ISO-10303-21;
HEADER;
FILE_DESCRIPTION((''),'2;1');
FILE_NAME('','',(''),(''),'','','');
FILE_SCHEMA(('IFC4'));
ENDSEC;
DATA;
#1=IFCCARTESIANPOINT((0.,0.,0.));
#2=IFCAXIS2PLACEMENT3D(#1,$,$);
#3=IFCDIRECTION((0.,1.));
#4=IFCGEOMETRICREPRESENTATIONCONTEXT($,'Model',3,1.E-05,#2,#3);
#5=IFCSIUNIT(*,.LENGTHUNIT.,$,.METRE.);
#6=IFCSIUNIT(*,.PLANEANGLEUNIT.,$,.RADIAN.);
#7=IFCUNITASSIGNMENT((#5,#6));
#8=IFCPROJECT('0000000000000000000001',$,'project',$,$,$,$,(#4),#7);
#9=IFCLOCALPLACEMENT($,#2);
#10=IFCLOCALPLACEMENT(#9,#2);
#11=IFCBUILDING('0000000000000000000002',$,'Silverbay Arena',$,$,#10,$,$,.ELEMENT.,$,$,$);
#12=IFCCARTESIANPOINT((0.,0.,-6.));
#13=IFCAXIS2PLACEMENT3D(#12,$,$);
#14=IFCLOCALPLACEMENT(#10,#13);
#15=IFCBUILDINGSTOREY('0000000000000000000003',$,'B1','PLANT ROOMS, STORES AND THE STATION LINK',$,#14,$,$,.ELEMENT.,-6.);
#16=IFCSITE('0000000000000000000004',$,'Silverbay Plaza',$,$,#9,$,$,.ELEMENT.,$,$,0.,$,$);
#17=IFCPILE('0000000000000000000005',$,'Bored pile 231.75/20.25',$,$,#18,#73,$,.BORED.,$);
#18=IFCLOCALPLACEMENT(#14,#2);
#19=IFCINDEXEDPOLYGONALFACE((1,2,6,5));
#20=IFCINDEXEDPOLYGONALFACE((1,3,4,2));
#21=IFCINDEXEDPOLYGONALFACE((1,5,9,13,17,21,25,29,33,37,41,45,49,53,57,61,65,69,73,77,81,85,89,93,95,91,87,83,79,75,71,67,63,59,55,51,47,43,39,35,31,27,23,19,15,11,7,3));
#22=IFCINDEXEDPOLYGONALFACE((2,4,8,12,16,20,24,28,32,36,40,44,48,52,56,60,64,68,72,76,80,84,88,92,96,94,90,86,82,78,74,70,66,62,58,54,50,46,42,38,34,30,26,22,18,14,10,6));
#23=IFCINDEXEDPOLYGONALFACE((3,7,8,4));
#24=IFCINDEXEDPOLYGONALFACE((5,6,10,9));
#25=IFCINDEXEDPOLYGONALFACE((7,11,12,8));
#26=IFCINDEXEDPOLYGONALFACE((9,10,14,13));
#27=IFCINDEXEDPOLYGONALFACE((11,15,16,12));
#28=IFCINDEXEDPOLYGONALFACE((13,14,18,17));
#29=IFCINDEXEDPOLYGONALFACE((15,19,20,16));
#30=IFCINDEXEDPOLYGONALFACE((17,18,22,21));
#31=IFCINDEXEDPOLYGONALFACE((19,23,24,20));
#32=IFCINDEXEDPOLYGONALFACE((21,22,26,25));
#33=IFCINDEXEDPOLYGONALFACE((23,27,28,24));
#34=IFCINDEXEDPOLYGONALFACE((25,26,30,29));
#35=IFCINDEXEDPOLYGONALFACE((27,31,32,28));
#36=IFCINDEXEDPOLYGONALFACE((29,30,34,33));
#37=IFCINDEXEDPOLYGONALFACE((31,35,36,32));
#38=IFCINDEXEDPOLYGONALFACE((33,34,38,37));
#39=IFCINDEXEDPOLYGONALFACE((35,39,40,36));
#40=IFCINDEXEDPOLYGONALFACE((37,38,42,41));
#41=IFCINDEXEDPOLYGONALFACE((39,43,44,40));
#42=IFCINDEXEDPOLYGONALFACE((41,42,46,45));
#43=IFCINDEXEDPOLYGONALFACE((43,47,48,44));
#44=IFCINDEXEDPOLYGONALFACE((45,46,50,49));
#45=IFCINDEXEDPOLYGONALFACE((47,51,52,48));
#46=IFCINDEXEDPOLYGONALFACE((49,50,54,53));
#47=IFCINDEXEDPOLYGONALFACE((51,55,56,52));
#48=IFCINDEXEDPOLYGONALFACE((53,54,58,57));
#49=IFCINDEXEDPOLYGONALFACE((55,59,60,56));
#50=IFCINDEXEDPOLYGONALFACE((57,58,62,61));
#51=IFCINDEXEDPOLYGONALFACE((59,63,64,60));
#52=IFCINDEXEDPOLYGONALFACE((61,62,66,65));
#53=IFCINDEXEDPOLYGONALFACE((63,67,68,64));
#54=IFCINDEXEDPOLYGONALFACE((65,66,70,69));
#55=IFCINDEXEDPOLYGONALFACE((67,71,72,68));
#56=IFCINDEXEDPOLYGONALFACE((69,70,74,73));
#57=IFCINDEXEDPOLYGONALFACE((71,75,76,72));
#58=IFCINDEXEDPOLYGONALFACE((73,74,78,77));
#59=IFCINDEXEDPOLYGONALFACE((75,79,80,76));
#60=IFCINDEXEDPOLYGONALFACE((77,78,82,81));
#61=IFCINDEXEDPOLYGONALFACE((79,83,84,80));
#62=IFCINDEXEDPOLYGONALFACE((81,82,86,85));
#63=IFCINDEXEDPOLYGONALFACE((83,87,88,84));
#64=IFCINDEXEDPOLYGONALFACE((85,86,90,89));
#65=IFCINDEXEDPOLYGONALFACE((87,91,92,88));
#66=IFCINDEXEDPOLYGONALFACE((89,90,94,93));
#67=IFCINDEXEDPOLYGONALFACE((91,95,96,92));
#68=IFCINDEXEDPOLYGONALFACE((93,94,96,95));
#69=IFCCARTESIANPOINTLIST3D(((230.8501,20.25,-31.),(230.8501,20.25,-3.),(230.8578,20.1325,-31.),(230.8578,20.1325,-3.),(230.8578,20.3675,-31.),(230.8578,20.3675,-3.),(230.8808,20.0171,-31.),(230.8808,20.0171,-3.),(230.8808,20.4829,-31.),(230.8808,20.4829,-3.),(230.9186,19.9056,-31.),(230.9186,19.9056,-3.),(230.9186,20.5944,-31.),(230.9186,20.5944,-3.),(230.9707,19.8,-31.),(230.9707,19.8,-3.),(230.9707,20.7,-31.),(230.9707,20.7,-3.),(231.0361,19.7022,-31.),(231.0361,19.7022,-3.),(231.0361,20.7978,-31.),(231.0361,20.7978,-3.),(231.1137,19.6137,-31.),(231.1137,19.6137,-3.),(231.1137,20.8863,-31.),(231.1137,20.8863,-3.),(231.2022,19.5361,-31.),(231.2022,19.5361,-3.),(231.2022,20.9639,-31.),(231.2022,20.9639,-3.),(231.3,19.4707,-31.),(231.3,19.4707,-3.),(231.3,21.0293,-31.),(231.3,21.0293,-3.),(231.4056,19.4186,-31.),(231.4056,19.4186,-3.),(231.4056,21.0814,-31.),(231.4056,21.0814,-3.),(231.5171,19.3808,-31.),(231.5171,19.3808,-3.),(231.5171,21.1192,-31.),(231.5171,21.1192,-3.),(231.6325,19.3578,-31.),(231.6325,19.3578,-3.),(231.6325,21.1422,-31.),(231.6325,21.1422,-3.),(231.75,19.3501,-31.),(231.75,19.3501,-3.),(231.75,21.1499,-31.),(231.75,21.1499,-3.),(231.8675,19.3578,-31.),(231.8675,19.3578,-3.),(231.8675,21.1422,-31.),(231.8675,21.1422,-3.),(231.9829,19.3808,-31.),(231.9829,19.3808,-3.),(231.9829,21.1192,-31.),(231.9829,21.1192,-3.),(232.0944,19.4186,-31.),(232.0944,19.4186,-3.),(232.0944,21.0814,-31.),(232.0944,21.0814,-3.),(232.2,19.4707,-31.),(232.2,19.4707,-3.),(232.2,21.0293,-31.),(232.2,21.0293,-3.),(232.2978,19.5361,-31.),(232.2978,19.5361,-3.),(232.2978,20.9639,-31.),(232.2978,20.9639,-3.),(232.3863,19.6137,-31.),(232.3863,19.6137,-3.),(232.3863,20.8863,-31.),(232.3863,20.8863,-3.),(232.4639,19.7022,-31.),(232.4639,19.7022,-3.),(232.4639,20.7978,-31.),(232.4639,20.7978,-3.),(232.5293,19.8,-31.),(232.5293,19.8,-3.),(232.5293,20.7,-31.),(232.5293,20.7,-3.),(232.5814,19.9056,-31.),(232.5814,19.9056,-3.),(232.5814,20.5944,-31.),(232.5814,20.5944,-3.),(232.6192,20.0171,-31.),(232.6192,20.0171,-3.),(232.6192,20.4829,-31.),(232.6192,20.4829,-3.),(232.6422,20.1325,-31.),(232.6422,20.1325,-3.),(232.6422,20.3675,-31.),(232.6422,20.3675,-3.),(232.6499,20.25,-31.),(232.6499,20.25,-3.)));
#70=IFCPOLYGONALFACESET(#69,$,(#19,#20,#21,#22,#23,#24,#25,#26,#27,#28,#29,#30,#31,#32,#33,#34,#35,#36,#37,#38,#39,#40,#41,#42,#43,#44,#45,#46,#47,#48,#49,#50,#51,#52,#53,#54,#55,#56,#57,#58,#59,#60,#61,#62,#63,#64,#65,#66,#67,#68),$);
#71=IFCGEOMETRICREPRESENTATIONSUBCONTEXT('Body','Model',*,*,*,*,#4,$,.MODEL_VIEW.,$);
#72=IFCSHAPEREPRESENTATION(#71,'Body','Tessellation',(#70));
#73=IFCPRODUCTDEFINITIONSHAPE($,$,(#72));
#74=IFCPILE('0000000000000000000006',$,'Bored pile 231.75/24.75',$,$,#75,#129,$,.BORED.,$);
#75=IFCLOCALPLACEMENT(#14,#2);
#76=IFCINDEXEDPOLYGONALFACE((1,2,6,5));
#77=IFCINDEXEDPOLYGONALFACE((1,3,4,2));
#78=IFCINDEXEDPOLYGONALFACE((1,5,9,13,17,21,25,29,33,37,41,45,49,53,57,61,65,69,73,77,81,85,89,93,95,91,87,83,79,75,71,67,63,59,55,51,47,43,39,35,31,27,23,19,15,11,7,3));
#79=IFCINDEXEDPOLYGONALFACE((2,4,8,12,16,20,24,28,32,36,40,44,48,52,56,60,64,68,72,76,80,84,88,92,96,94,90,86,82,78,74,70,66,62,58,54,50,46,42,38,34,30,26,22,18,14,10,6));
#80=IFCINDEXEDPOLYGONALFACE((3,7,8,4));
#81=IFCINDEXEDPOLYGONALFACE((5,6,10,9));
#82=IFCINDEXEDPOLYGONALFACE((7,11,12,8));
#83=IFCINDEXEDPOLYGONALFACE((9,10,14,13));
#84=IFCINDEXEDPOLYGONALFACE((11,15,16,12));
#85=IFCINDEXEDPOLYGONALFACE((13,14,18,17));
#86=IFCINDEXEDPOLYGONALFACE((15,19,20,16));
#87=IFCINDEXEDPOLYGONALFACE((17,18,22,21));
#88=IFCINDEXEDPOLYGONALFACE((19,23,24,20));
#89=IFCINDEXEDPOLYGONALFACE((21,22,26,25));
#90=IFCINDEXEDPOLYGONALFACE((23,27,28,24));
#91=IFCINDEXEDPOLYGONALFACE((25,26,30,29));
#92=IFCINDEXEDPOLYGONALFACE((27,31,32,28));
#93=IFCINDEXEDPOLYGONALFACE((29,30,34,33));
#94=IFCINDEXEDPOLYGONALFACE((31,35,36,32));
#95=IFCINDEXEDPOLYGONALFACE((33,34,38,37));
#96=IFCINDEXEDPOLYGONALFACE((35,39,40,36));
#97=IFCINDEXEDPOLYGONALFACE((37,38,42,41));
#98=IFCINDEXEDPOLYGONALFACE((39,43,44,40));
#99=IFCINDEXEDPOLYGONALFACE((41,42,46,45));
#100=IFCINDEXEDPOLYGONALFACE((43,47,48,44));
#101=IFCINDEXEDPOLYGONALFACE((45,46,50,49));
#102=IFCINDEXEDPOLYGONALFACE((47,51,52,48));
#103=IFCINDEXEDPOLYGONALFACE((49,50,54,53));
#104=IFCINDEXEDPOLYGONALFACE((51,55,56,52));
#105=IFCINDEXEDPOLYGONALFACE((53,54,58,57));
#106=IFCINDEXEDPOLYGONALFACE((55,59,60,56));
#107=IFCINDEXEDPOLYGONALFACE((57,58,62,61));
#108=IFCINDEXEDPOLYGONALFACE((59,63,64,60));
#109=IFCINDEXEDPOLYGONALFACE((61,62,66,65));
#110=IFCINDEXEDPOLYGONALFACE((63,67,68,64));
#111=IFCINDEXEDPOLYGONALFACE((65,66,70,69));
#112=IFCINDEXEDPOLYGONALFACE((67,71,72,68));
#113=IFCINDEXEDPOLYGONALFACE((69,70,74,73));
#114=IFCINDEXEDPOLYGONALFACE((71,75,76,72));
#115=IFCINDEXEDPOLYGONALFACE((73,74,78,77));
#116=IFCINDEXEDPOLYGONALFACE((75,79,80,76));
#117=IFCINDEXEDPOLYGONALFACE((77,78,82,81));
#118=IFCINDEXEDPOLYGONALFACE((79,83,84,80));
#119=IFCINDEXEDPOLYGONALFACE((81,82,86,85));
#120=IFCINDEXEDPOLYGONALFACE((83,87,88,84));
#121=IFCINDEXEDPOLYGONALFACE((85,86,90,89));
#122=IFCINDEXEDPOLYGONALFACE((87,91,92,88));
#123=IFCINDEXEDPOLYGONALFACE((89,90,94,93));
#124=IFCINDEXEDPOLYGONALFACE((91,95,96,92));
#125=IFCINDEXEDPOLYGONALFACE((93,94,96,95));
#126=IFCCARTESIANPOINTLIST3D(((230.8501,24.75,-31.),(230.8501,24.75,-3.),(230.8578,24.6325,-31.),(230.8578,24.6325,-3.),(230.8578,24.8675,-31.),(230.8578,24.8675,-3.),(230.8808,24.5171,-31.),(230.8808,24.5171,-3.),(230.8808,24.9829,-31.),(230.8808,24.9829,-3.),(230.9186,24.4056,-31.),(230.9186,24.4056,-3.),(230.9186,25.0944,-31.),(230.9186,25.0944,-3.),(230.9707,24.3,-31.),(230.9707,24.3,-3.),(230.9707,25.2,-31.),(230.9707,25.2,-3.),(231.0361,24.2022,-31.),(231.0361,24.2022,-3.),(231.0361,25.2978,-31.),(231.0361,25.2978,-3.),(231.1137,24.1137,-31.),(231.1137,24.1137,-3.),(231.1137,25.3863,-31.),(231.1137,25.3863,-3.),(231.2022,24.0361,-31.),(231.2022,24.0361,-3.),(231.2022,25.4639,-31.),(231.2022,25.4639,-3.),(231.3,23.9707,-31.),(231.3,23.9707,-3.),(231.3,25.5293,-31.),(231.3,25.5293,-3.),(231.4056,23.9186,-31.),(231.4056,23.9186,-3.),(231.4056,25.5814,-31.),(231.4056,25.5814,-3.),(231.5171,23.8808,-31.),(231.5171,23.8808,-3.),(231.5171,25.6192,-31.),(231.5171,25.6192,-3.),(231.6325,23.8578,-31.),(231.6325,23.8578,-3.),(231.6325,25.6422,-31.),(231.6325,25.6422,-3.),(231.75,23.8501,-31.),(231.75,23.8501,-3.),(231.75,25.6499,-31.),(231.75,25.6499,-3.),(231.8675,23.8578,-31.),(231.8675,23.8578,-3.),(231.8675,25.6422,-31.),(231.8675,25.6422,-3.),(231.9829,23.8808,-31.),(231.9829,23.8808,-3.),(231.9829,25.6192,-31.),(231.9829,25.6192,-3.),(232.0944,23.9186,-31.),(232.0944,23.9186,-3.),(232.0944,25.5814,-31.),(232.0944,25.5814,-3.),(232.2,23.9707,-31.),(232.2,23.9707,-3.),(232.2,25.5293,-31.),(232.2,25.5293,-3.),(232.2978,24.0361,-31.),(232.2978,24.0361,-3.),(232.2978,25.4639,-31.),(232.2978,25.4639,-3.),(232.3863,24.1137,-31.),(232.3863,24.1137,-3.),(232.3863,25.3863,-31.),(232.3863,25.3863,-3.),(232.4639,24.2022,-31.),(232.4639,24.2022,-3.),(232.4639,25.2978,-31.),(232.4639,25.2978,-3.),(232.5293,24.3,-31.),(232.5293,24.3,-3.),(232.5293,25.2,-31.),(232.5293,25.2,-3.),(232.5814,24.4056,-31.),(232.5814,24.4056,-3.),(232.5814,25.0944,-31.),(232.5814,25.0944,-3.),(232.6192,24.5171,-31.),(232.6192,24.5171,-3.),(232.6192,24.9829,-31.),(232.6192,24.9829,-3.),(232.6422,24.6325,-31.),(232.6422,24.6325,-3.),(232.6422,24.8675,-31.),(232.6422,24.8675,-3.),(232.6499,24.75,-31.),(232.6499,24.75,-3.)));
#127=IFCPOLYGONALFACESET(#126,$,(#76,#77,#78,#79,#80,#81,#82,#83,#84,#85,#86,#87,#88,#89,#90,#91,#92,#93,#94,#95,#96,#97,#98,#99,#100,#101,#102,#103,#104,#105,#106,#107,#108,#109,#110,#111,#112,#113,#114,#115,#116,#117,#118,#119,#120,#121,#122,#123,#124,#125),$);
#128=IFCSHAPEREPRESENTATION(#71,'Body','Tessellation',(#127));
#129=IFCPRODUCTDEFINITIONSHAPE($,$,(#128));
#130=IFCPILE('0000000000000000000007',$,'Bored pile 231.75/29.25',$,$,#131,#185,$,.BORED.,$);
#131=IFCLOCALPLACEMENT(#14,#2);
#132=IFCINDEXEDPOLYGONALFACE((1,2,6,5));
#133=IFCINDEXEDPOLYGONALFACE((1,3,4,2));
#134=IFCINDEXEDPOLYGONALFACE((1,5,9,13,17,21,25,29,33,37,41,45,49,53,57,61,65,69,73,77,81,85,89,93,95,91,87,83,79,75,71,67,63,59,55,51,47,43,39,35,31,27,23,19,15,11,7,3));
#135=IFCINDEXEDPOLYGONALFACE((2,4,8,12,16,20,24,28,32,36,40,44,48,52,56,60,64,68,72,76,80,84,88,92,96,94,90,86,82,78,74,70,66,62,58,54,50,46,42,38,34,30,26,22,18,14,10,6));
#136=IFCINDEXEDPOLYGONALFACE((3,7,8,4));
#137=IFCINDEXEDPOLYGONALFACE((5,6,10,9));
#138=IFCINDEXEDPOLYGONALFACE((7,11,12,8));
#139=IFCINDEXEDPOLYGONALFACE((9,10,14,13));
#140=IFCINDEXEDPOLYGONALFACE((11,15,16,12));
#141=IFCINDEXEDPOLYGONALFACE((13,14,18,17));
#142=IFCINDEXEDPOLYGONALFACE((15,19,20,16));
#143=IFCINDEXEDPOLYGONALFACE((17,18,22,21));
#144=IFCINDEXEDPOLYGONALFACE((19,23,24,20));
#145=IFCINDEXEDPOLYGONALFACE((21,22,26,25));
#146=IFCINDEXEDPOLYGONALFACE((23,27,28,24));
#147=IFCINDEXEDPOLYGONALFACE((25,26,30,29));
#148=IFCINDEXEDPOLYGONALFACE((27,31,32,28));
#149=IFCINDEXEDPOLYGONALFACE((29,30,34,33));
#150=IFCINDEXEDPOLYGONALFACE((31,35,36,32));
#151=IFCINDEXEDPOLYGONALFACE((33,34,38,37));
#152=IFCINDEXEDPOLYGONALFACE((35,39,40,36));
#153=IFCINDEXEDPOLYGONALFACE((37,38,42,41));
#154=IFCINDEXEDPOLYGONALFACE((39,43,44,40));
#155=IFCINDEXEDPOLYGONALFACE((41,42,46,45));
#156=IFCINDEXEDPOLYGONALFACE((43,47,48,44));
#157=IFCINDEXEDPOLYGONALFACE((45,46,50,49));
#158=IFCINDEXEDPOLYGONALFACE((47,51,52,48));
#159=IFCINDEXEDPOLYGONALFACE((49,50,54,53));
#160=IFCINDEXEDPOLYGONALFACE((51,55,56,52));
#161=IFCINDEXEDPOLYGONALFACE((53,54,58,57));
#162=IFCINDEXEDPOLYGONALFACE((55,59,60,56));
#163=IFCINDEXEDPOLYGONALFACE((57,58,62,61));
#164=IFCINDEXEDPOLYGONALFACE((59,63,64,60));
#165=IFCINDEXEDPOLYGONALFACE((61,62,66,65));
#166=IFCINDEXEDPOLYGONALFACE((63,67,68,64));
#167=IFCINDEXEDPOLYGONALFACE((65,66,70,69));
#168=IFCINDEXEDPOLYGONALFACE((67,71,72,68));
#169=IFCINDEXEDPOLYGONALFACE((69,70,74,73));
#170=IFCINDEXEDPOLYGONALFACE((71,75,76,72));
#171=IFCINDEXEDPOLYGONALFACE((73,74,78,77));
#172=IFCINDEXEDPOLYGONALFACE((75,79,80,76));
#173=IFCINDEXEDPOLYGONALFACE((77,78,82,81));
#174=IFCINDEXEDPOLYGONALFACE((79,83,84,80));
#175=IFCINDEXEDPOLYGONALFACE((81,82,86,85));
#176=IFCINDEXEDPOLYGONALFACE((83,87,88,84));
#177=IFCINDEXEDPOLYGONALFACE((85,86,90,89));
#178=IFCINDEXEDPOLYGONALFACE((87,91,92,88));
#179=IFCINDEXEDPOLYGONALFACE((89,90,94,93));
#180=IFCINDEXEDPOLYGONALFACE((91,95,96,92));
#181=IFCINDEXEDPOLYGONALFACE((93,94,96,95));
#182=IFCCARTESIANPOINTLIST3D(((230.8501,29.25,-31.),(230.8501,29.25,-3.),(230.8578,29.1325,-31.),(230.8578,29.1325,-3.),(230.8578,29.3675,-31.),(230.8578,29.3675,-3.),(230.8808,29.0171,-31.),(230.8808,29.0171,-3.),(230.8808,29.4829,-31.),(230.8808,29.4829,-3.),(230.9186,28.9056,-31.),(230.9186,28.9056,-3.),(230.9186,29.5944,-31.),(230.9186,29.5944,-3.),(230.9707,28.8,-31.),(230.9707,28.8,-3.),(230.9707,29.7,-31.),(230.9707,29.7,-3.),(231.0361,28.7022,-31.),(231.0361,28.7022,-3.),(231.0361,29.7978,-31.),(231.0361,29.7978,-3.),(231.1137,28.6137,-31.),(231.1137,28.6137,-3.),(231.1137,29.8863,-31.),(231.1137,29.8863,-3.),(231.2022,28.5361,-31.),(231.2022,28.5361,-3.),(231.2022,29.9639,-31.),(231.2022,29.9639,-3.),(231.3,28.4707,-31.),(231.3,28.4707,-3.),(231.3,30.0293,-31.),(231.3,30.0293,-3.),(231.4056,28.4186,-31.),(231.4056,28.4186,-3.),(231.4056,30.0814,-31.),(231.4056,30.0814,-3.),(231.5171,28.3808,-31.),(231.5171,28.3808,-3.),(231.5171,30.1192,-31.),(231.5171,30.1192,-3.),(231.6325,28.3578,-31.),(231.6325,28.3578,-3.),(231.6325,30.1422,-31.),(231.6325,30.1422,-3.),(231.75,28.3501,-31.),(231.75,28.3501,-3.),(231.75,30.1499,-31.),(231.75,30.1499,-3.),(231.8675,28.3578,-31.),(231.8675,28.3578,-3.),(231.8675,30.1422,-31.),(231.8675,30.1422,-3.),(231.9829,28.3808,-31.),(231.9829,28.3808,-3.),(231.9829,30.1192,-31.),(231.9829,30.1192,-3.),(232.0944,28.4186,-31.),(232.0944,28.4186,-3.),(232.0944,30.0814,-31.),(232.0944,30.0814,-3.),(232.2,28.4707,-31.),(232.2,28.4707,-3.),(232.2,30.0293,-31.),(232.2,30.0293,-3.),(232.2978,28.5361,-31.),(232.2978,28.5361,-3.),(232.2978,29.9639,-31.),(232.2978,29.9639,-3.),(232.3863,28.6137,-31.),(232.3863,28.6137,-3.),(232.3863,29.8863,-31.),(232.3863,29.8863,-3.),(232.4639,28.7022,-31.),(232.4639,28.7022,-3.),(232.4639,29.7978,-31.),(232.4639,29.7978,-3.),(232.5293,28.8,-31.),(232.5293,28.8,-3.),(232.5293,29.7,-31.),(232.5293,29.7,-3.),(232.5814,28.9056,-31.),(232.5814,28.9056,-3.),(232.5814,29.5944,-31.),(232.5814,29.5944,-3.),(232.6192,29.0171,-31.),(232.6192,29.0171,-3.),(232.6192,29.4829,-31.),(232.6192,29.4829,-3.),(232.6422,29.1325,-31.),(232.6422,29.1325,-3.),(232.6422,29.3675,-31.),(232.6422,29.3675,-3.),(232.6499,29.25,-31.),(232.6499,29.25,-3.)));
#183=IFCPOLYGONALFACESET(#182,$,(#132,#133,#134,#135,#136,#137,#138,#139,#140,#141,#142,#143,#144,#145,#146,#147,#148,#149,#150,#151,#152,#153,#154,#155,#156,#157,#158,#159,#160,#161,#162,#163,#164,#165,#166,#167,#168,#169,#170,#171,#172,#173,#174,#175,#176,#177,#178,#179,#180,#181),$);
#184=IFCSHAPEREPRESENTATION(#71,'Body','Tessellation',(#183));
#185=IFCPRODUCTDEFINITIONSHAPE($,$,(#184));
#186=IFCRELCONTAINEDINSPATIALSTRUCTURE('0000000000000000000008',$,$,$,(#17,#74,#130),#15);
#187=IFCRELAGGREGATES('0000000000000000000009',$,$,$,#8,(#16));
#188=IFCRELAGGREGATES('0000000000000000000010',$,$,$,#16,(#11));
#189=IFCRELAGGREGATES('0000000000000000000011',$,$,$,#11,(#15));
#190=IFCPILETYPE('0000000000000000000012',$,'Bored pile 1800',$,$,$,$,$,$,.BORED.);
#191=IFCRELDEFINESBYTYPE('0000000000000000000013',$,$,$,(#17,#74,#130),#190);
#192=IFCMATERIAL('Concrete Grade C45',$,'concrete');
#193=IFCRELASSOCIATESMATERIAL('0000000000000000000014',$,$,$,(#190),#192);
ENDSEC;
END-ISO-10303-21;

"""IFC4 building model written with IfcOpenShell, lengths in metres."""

from ifc_helpers import new_model, si_unit, direction, frame, origin, origin_2d, place, context, subcontext, project, spatial, circle, extrude, material, material_profile, profile_set, type_object, element, save


model = new_model("IFC4")

# Units and contexts
model_context = context("Model", 3, precision=1e-05, world=origin(), true_north=direction((0.0, 1.0)))
body_context = subcontext(model_context, "Body", "Model", "MODEL_VIEW")
ifc_project = project(units=[si_unit("LENGTHUNIT", "METRE"), si_unit("PLANEANGLEUNIT", "RADIAN")], contexts=[model_context])

# Site, building, storey
site_placement = place(None, origin())
site = spatial("IfcSite", under=ifc_project, at=site_placement, Name="Silverbay Plaza", CompositionType="ELEMENT", RefElevation=0.0)
building_placement = place(site_placement, origin())
building = spatial("IfcBuilding", under=site, at=building_placement, Name="Silverbay Arena", CompositionType="ELEMENT")
storey_placement = place(building_placement, frame((0.0, 0.0, -6.0)))
storey = spatial("IfcBuildingStorey", under=building, at=storey_placement, Name="B1", Description="PLANT ROOMS, STORES AND THE STATION LINK", CompositionType="ELEMENT", Elevation=-6.0)

# Piles
ifc_material_1 = material(Name="Concrete Grade C45", Category="concrete")
ifc_material_profile_1 = material_profile(ifc_material_1, circle(Radius=0.8999, at=origin_2d()), Name="Bored pile 1800")
ifc_profile_set_1 = profile_set([ifc_material_profile_1], Name="Concrete Grade C45")
pile_type_1 = type_object("IfcPileType", Name="Bored pile 1800", PredefinedType="BORED", material=ifc_profile_set_1)
for number, where, z_axis, x_axis, name in (
    (1, (231.75, 20.25, -3.0), (0.0, 0.0, -1.0), (1.0, 0.0, 0.0), "Bored pile 231.75/20.25"),
    (2, (231.75, 24.75, -3.0), (0.0, 0.0, -1.0), (1.0, 0.0, 0.0), "Bored pile 231.75/24.75"),
    (3, (231.75, 29.25, -3.0), (0.0, 0.0, -1.0), (1.0, 0.0, 0.0), "Bored pile 231.75/29.25"),
):
    element("IfcPile", number, at=place(storey_placement, frame(where, z_axis=z_axis, x_axis=x_axis)), inside=storey, type_object=pile_type_1, Name=name, PredefinedType="BORED", context=body_context, shape_type="SweptSolid", body=[
        extrude(circle(Radius=0.8999, at=origin_2d()), origin(), (0.0, 0.0, 1.0), 28.0),
    ])

save(model, "model.ifc")
